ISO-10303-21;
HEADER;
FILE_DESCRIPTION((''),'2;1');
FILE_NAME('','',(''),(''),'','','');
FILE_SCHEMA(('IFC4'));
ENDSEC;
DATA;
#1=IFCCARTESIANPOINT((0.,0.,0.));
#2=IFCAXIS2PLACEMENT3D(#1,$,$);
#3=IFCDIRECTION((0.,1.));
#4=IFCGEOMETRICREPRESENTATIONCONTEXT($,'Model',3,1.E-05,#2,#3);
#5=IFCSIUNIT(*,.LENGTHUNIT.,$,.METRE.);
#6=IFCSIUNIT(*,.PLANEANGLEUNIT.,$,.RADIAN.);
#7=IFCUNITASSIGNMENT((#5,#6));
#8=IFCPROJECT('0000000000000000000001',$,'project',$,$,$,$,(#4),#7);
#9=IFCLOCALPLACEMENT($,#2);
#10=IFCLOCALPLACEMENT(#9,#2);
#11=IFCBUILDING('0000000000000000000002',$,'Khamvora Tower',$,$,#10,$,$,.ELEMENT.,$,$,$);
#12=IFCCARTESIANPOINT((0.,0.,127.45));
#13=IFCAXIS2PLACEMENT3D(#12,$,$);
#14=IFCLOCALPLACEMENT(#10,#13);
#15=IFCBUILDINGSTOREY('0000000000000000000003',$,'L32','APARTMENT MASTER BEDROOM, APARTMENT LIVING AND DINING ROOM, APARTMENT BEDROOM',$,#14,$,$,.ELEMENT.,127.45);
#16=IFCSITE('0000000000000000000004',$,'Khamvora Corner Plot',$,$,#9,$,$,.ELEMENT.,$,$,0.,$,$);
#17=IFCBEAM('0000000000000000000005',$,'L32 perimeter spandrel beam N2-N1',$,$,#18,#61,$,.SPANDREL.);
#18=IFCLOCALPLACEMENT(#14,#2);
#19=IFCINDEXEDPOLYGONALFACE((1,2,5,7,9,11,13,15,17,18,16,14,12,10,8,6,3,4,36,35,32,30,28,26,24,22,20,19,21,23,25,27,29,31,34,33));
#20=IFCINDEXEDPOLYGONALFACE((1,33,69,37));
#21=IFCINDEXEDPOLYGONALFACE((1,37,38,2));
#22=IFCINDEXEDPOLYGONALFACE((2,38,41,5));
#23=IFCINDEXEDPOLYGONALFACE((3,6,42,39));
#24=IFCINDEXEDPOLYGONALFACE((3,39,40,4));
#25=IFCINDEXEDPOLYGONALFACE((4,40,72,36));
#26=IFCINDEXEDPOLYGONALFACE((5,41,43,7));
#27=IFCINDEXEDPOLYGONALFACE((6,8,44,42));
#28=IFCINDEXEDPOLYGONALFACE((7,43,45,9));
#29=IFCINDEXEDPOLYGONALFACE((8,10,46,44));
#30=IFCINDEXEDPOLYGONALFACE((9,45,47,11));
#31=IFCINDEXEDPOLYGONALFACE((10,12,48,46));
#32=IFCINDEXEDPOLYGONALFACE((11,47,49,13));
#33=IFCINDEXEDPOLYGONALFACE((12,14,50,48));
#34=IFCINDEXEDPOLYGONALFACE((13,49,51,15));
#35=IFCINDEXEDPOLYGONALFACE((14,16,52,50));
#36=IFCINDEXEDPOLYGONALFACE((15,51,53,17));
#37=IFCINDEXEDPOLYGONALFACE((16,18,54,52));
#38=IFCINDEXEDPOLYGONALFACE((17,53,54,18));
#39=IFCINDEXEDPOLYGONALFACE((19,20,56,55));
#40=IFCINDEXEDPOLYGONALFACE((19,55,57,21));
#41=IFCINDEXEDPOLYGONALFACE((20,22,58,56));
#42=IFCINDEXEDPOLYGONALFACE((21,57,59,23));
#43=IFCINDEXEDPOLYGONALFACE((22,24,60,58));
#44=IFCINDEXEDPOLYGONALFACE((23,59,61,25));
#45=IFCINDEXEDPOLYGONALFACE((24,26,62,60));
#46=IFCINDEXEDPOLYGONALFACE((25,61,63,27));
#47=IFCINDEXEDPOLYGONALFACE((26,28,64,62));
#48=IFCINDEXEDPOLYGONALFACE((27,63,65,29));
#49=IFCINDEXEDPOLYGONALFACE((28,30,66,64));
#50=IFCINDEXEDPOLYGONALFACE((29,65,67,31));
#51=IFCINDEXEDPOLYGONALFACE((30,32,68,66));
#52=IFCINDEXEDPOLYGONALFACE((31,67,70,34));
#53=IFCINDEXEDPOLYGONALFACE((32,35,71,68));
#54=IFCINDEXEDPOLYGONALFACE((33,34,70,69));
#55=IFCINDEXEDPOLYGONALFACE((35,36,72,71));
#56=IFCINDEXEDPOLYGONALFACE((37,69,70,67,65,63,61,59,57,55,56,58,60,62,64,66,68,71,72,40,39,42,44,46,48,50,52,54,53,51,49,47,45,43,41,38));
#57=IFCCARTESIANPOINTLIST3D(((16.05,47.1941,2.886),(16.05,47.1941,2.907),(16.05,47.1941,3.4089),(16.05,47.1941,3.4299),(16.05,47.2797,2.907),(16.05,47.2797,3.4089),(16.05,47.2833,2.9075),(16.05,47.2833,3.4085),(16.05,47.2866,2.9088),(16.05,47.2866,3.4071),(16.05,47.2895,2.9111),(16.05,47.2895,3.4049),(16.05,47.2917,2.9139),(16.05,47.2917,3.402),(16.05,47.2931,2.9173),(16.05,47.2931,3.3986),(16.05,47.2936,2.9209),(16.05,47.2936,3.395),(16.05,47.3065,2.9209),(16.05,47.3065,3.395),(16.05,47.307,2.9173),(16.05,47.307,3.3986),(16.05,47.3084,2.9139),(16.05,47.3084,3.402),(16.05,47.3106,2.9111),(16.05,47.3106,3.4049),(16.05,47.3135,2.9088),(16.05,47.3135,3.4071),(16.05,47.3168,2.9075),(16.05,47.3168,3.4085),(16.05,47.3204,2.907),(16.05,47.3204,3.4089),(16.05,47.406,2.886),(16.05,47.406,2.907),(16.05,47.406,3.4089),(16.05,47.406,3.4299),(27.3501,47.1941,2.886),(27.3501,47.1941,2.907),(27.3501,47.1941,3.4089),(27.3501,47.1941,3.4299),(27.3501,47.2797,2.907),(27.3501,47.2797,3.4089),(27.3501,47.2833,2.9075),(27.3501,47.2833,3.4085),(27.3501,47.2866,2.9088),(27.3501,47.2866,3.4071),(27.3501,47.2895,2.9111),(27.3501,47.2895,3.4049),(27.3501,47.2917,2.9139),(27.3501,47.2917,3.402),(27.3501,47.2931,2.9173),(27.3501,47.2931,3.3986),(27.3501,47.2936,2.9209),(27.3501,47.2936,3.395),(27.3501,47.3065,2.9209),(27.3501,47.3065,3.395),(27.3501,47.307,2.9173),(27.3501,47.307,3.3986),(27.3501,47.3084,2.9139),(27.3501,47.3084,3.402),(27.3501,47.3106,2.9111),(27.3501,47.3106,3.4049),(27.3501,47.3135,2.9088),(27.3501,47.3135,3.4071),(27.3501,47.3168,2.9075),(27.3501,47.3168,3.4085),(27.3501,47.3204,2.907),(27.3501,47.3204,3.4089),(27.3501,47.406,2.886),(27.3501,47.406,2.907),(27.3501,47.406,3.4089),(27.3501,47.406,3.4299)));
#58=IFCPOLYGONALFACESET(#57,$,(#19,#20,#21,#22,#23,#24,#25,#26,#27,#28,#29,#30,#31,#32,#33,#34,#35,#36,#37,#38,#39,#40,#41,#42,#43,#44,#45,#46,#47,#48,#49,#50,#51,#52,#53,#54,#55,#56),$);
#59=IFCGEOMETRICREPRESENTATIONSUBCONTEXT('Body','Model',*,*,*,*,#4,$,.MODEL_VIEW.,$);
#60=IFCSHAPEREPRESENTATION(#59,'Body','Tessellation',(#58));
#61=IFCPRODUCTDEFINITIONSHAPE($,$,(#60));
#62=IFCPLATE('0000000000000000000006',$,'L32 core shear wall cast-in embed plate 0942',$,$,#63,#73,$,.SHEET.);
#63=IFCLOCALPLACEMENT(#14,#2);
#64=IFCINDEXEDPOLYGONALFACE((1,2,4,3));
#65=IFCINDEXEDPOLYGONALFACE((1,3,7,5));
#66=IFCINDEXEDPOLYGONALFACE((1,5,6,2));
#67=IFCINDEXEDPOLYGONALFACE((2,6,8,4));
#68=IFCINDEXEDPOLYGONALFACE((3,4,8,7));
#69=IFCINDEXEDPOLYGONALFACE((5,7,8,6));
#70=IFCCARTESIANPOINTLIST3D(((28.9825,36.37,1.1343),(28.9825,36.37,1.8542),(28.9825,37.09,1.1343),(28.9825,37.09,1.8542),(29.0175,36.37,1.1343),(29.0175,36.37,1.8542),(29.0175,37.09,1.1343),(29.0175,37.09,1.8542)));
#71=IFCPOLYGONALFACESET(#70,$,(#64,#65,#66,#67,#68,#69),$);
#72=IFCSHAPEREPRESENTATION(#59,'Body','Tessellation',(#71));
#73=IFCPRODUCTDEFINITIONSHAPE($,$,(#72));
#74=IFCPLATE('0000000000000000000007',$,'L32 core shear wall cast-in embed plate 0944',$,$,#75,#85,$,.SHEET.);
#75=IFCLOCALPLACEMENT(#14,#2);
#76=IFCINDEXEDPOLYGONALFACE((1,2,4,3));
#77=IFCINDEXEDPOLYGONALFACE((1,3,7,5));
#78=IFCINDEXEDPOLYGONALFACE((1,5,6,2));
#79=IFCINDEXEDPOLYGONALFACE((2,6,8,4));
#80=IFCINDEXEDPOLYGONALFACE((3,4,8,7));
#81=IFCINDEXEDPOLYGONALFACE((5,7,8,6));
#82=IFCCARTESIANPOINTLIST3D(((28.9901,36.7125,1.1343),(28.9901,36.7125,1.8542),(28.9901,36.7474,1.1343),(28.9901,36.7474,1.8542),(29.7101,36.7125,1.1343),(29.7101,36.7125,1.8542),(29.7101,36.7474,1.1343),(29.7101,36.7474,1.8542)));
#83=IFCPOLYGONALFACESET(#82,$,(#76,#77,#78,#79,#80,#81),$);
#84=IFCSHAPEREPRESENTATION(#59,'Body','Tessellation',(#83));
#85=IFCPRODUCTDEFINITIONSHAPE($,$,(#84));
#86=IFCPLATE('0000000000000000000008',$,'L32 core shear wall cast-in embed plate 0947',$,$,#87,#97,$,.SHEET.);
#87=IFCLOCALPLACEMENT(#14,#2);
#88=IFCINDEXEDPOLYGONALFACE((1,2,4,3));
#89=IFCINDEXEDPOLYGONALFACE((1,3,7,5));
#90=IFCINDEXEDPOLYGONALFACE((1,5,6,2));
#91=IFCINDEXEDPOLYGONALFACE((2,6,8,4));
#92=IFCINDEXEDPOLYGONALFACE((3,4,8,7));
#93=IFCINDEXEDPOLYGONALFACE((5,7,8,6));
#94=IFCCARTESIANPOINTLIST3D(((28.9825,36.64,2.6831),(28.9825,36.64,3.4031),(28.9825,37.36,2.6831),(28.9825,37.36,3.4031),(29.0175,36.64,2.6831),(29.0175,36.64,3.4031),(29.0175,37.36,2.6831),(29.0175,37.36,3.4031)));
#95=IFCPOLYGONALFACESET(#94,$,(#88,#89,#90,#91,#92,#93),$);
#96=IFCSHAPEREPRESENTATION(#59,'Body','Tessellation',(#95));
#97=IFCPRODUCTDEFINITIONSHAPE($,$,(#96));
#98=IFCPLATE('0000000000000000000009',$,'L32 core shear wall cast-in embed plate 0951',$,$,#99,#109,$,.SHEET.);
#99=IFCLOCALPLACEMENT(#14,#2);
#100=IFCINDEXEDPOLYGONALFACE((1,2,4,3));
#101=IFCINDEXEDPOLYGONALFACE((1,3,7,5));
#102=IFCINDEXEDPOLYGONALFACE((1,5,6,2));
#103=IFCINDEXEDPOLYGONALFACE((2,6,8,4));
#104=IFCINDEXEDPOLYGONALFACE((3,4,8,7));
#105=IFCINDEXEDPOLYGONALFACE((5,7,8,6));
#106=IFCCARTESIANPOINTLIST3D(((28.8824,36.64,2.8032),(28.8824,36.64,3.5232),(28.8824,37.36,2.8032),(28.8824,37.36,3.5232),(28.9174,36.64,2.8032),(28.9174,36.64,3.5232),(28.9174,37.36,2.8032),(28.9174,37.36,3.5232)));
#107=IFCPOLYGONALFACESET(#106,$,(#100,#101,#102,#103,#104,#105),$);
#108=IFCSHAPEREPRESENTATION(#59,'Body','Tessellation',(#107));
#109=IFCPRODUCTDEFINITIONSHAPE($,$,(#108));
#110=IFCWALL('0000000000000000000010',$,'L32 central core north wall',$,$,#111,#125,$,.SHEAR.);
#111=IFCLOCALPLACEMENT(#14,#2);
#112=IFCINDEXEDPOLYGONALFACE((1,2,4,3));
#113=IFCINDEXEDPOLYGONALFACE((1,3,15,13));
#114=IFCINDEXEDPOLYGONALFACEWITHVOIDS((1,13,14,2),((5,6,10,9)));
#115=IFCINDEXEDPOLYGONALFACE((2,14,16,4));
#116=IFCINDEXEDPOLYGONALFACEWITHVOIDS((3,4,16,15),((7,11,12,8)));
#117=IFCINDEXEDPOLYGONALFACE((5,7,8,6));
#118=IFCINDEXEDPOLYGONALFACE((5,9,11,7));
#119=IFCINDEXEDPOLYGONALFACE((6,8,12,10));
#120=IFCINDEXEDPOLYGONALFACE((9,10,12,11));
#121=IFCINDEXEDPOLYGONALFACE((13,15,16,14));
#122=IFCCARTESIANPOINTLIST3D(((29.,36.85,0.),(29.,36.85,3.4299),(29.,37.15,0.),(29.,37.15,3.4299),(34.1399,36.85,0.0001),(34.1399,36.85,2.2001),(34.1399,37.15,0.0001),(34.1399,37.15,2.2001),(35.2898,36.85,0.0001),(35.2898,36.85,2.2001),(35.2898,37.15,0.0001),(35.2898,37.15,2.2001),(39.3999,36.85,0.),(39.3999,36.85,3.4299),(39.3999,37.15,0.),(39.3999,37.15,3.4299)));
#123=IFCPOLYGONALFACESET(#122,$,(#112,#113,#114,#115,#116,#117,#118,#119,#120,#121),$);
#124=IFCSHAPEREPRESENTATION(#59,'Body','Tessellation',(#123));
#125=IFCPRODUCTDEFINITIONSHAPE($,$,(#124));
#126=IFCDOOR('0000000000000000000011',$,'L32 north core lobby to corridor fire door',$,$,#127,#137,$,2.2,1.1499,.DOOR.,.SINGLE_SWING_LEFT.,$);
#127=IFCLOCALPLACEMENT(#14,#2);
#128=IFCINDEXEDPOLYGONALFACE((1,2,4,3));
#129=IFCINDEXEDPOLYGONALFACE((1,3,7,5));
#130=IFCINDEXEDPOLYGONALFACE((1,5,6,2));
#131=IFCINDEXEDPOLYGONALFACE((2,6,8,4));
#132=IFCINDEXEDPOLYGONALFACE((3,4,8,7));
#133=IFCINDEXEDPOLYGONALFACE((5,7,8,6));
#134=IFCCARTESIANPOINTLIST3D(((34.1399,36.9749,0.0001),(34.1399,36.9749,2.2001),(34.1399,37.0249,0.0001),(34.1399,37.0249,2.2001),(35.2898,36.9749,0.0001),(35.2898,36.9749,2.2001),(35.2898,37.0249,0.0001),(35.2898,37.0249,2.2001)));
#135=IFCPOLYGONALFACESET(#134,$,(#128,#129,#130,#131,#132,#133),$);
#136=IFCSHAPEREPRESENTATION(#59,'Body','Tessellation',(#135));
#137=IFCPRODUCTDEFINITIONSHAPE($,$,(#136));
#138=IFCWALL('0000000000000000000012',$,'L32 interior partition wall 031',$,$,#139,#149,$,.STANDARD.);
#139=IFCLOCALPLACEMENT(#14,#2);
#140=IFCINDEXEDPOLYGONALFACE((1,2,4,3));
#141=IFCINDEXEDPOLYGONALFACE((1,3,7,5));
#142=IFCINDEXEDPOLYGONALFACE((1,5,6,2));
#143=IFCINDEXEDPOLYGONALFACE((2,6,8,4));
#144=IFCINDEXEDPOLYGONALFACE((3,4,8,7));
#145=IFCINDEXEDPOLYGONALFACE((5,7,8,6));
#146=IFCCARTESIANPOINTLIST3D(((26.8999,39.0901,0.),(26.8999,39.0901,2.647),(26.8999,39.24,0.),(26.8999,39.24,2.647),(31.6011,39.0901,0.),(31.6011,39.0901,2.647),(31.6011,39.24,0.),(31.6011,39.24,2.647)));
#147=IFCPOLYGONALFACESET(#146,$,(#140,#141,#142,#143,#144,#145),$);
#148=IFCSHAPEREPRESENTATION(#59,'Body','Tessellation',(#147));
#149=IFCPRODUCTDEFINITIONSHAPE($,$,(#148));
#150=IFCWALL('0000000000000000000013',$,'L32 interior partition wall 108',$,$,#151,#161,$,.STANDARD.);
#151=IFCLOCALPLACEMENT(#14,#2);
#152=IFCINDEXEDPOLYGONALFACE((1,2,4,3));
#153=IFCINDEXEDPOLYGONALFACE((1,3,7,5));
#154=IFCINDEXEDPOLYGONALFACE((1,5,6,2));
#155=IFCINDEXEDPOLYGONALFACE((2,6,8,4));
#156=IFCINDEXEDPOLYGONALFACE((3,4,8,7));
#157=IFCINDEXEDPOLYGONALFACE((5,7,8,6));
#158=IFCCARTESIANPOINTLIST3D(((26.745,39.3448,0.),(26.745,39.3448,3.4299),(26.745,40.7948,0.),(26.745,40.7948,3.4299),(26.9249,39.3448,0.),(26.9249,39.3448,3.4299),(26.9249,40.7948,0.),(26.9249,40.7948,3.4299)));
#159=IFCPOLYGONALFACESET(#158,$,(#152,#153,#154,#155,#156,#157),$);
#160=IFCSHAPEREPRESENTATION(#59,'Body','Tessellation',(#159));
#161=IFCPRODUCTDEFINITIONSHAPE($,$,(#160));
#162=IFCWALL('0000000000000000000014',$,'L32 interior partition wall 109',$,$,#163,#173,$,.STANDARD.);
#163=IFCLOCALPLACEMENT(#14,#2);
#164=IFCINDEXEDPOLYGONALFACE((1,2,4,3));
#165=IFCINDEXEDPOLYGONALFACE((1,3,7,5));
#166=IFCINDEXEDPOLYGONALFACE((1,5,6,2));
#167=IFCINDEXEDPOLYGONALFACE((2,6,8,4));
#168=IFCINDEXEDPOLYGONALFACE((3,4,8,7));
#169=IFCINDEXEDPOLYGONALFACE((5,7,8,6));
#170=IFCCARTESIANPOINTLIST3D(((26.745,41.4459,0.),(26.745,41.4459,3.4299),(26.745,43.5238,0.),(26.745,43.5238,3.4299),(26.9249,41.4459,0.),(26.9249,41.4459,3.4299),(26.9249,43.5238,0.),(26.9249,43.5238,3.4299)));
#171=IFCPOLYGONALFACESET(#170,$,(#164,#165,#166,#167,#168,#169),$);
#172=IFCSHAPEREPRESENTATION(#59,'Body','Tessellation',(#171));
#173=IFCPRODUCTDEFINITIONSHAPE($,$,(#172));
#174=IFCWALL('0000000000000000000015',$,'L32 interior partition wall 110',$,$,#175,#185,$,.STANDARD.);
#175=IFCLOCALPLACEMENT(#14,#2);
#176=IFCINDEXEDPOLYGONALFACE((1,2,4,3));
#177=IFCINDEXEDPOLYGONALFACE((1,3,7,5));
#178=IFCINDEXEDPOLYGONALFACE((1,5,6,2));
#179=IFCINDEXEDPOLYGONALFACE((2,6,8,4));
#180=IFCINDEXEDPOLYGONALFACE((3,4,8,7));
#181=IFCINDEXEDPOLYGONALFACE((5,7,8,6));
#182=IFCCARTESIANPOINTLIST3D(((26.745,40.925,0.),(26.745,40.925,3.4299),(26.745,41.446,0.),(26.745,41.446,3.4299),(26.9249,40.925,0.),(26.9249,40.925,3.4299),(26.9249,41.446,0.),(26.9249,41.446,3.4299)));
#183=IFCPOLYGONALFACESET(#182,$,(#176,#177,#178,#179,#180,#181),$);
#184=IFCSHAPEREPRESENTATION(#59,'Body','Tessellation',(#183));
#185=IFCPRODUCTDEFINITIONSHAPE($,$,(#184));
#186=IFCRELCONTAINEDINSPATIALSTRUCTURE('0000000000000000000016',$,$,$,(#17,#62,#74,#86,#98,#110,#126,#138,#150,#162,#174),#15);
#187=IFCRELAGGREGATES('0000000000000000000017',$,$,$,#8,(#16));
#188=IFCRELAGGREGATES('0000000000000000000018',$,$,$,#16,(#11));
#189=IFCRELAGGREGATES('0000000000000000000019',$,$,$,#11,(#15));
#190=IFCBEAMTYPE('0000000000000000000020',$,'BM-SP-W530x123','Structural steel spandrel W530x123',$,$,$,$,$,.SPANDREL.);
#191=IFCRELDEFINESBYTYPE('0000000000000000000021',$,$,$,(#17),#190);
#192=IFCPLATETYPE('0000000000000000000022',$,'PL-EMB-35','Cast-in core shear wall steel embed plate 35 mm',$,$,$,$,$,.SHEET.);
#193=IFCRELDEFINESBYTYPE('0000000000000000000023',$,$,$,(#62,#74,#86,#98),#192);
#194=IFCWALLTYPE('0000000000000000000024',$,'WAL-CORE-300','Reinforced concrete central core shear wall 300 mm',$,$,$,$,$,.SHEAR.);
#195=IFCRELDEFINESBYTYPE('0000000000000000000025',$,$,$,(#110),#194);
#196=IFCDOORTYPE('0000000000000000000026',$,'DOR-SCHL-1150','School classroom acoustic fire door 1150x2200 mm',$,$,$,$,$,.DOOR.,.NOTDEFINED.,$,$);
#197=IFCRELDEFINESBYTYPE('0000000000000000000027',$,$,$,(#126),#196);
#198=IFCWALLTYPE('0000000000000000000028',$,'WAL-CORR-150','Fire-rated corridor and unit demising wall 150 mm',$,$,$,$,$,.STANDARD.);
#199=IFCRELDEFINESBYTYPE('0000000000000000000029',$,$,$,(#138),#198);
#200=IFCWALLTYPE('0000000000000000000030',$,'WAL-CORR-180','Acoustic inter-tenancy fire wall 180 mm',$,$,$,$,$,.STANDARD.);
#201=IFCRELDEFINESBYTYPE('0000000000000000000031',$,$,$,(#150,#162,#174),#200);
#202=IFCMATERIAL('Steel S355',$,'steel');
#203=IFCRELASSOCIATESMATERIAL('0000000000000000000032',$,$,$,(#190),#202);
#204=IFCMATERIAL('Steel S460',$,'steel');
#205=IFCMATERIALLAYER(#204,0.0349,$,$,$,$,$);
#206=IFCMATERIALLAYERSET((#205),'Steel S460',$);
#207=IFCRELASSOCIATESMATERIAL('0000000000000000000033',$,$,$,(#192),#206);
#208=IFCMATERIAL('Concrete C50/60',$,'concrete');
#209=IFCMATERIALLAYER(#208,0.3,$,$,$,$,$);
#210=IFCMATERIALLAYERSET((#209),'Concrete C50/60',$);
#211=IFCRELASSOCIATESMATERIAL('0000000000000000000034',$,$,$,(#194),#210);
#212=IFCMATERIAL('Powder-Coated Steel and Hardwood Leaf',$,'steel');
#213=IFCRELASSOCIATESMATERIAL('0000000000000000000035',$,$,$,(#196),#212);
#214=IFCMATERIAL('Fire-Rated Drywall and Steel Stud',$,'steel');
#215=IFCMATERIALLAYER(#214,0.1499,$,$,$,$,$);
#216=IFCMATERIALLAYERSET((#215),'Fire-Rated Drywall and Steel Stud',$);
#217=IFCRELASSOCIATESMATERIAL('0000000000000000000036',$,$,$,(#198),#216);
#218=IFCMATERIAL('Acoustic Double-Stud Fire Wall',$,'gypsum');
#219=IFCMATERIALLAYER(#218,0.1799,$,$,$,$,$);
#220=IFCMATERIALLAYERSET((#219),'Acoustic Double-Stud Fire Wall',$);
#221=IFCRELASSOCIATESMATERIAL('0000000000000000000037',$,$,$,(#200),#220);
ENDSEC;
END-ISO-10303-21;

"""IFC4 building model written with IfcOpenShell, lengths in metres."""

from ifc_helpers import new_model, si_unit, direction, frame, frame_2d, origin, origin_2d, place, context, subcontext, project, spatial, rectangle, i_section, extrude, material, layer, layer_set, material_profile, profile_set, type_object, element, fill, save


model = new_model("IFC4")

# Units and contexts
model_context = context("Model", 3, precision=1e-05, world=origin(), true_north=direction((0.0, 1.0)))
body_context = subcontext(model_context, "Body", "Model", "MODEL_VIEW")
ifc_project = project(units=[si_unit("LENGTHUNIT", "METRE"), si_unit("PLANEANGLEUNIT", "RADIAN")], contexts=[model_context])

# Site, building, storey
site_placement = place(None, origin())
site = spatial("IfcSite", under=ifc_project, at=site_placement, Name="Khamvora Corner Plot", CompositionType="ELEMENT", RefElevation=0.0)
building_placement = place(site_placement, origin())
building = spatial("IfcBuilding", under=site, at=building_placement, Name="Khamvora Tower", CompositionType="ELEMENT")
storey_placement = place(building_placement, frame((0.0, 0.0, 127.45)))
storey = spatial("IfcBuildingStorey", under=building, at=storey_placement, Name="L32", Description="APARTMENT MASTER BEDROOM, APARTMENT LIVING AND DINING ROOM, APARTMENT BEDROOM", CompositionType="ELEMENT", Elevation=127.45)

# Shared definitions
ifc_material_1 = material(Name="Steel S355", Category="steel")
ifc_material_2 = material(Name="Steel S460", Category="steel")

# Beam
ifc_material_profile_1 = material_profile(ifc_material_1, i_section(OverallWidth=0.2119, OverallDepth=0.5439, WebThickness=0.0129, FlangeThickness=0.021, FilletRadius=0.0139, at=origin_2d()), Name="W530x123")
ifc_profile_set_1 = profile_set([ifc_material_profile_1], Name="Steel S355")
beam_type_1 = type_object("IfcBeamType", Name="BM-SP-W530x123", Description="Structural steel spandrel W530x123", PredefinedType="SPANDREL", material=ifc_profile_set_1)
beam_1_placement = place(storey_placement, frame((27.3501, 47.3, 3.158), z_axis=(-1.0, 0.0, 0.0), x_axis=(0.0, -1.0, 0.0)))
element("IfcBeam", 1, at=beam_1_placement, inside=storey, type_object=beam_type_1, Name="L32 perimeter spandrel beam N2-N1", PredefinedType="SPANDREL", context=body_context, shape_type="SweptSolid", body=[
    extrude(i_section(OverallWidth=0.2119, OverallDepth=0.5439, WebThickness=0.0129, FlangeThickness=0.021, FilletRadius=0.0139, at=origin_2d()), origin(), (0.0, 0.0, 1.0), 11.3),
])

# Plates
ifc_layer_1 = layer(ifc_material_2, 0.0349)
ifc_layer_set_1 = layer_set([ifc_layer_1], Name="Steel S460")
plate_type = type_object("IfcPlateType", Name="PL-EMB-35", Description="Cast-in core shear wall steel embed plate 35 mm", PredefinedType="SHEET", material=ifc_layer_set_1)
plate_1_placement = place(storey_placement, frame((29.0, 36.73, 1.1343), z_axis=(0.0, 0.0, 1.0), x_axis=(1.0, 0.0, 0.0)))
element("IfcPlate", 2, at=plate_1_placement, inside=storey, type_object=plate_type, Name="L32 core shear wall cast-in embed plate 0942", PredefinedType="SHEET", context=body_context, shape_type="SweptSolid", body=[
    extrude(rectangle(XDim=0.0349, YDim=0.72, at=origin_2d()), origin(), (0.0, 0.0, 1.0), 0.72),
])
plate_2_placement = place(storey_placement, frame((29.3501, 36.73, 1.1343), z_axis=(0.0, 0.0, 1.0), x_axis=(1.0, 0.0, 0.0)))
element("IfcPlate", 3, at=plate_2_placement, inside=storey, type_object=plate_type, Name="L32 core shear wall cast-in embed plate 0944", PredefinedType="SHEET", context=body_context, shape_type="SweptSolid", body=[
    extrude(rectangle(XDim=0.72, YDim=0.0349, at=origin_2d()), origin(), (0.0, 0.0, 1.0), 0.72),
])
for number, where, z_axis, x_axis, name in (
    (4, (29.0, 37.0, 2.6831), (0.0, 0.0, 1.0), (1.0, 0.0, 0.0), "L32 core shear wall cast-in embed plate 0947"),
    (5, (28.8999, 37.0, 2.8032), (0.0, 0.0, 1.0), (1.0, 0.0, 0.0), "L32 core shear wall cast-in embed plate 0951"),
):
    element("IfcPlate", number, at=place(storey_placement, frame(where, z_axis=z_axis, x_axis=x_axis)), inside=storey, type_object=plate_type, Name=name, PredefinedType="SHEET", context=body_context, shape_type="SweptSolid", body=[
        extrude(rectangle(XDim=0.0349, YDim=0.72, at=origin_2d()), origin(), (0.0, 0.0, 1.0), 0.72),
    ])

# Wall, opening, door
ifc_material_3 = material(Name="Concrete C50/60", Category="concrete")
ifc_layer_2 = layer(ifc_material_3, 0.3)
ifc_layer_set_2 = layer_set([ifc_layer_2], Name="Concrete C50/60")
wall_type_1 = type_object("IfcWallType", Name="WAL-CORE-300", Description="Reinforced concrete central core shear wall 300 mm", PredefinedType="SHEAR", material=ifc_layer_set_2)
wall_1_placement = place(storey_placement, frame((29.0, 37.0, 0.0), z_axis=(0.0, 0.0, 1.0), x_axis=(1.0, 0.0, 0.0)))
wall_1 = element("IfcWall", 6, at=wall_1_placement, inside=storey, type_object=wall_type_1, Name="L32 central core north wall", PredefinedType="SHEAR", context=body_context, shape_type="SweptSolid", body=[
    extrude(rectangle(XDim=10.3999, YDim=0.3, at=frame_2d((5.2, 0.0))), origin(), (0.0, 0.0, 1.0), 3.4299),
])
opening_1_placement = place(wall_1_placement, frame((5.1399, 0.0, 0.0)))
opening_1 = element("IfcOpeningElement", 7, at=opening_1_placement, cuts=wall_1, PredefinedType="OPENING", context=body_context, shape_type="SweptSolid", body=[
    extrude(rectangle(XDim=1.1499, YDim=2.2, at=frame_2d((0.575, 1.1001))), frame((0.0, 0.1599, 0.0), z_axis=(0.0, -1.0, 0.0), x_axis=(1.0, 0.0, 0.0)), (0.0, 0.0, 1.0), 0.3201),
])
ifc_material_4 = material(Name="Powder-Coated Steel and Hardwood Leaf", Category="steel")
door_type_1 = type_object("IfcDoorType", Name="DOR-SCHL-1150", Description="School classroom acoustic fire door 1150x2200 mm", OperationType="NOTDEFINED", PredefinedType="DOOR", material=ifc_material_4)
door_1_placement = place(opening_1_placement, origin())
door_1 = element("IfcDoor", 8, at=door_1_placement, inside=storey, type_object=door_type_1, Name="L32 north core lobby to corridor fire door", OperationType="SINGLE_SWING_LEFT", OverallHeight=2.2, OverallWidth=1.1499, PredefinedType="DOOR", context=body_context, shape_type="SweptSolid", body=[
    extrude(rectangle(XDim=1.1499, YDim=2.2, at=frame_2d((0.575, 1.1001))), frame((0.0, 0.0249, 0.0), z_axis=(0.0, -1.0, 0.0), x_axis=(1.0, 0.0, 0.0)), (0.0, 0.0, 1.0), 0.05),
])
fill(opening_1, door_1)

# Walls
ifc_material_5 = material(Name="Fire-Rated Drywall and Steel Stud", Category="steel")
ifc_layer_3 = layer(ifc_material_5, 0.1499)
ifc_layer_set_3 = layer_set([ifc_layer_3], Name="Fire-Rated Drywall and Steel Stud")
wall_type_2 = type_object("IfcWallType", Name="WAL-CORR-150", Description="Fire-rated corridor and unit demising wall 150 mm", PredefinedType="STANDARD", material=ifc_layer_set_3)
wall_2_placement = place(storey_placement, frame((26.8999, 39.165, 0.0), z_axis=(0.0, 0.0, 1.0), x_axis=(1.0, 0.0, 0.0)))
element("IfcWall", 9, at=wall_2_placement, inside=storey, type_object=wall_type_2, Name="L32 interior partition wall 031", PredefinedType="STANDARD", context=body_context, shape_type="SweptSolid", body=[
    extrude(rectangle(XDim=4.7012, YDim=0.1499, at=frame_2d((2.3506, 0.0))), origin(), (0.0, 0.0, 1.0), 2.647),
])
ifc_material_6 = material(Name="Acoustic Double-Stud Fire Wall", Category="gypsum")
ifc_layer_4 = layer(ifc_material_6, 0.1799)
ifc_layer_set_4 = layer_set([ifc_layer_4], Name="Acoustic Double-Stud Fire Wall")
wall_type_3 = type_object("IfcWallType", Name="WAL-CORR-180", Description="Acoustic inter-tenancy fire wall 180 mm", PredefinedType="STANDARD", material=ifc_layer_set_4)
wall_3_placement = place(storey_placement, frame((26.835, 40.7949, 0.0), z_axis=(0.0, 0.0, 1.0), x_axis=(0.0, -1.0, 0.0)))
element("IfcWall", 10, at=wall_3_placement, inside=storey, type_object=wall_type_3, Name="L32 interior partition wall 108", PredefinedType="STANDARD", context=body_context, shape_type="SweptSolid", body=[
    extrude(rectangle(XDim=1.45, YDim=0.1799, at=frame_2d((0.7251, 0.0))), origin(), (0.0, 0.0, 1.0), 3.4299),
])
wall_4_placement = place(storey_placement, frame((26.835, 43.5239, 0.0), z_axis=(0.0, 0.0, 1.0), x_axis=(0.0, -1.0, 0.0)))
element("IfcWall", 11, at=wall_4_placement, inside=storey, type_object=wall_type_3, Name="L32 interior partition wall 109", PredefinedType="STANDARD", context=body_context, shape_type="SweptSolid", body=[
    extrude(rectangle(XDim=2.0779, YDim=0.1799, at=frame_2d((1.0391, 0.0))), origin(), (0.0, 0.0, 1.0), 3.4299),
])
wall_5_placement = place(storey_placement, frame((26.835, 41.446, 0.0), z_axis=(0.0, 0.0, 1.0), x_axis=(0.0, -1.0, 0.0)))
element("IfcWall", 12, at=wall_5_placement, inside=storey, type_object=wall_type_3, Name="L32 interior partition wall 110", PredefinedType="STANDARD", context=body_context, shape_type="SweptSolid", body=[
    extrude(rectangle(XDim=0.521, YDim=0.1799, at=frame_2d((0.2605, 0.0))), origin(), (0.0, 0.0, 1.0), 3.4299),
])

save(model, "model.ifc")
